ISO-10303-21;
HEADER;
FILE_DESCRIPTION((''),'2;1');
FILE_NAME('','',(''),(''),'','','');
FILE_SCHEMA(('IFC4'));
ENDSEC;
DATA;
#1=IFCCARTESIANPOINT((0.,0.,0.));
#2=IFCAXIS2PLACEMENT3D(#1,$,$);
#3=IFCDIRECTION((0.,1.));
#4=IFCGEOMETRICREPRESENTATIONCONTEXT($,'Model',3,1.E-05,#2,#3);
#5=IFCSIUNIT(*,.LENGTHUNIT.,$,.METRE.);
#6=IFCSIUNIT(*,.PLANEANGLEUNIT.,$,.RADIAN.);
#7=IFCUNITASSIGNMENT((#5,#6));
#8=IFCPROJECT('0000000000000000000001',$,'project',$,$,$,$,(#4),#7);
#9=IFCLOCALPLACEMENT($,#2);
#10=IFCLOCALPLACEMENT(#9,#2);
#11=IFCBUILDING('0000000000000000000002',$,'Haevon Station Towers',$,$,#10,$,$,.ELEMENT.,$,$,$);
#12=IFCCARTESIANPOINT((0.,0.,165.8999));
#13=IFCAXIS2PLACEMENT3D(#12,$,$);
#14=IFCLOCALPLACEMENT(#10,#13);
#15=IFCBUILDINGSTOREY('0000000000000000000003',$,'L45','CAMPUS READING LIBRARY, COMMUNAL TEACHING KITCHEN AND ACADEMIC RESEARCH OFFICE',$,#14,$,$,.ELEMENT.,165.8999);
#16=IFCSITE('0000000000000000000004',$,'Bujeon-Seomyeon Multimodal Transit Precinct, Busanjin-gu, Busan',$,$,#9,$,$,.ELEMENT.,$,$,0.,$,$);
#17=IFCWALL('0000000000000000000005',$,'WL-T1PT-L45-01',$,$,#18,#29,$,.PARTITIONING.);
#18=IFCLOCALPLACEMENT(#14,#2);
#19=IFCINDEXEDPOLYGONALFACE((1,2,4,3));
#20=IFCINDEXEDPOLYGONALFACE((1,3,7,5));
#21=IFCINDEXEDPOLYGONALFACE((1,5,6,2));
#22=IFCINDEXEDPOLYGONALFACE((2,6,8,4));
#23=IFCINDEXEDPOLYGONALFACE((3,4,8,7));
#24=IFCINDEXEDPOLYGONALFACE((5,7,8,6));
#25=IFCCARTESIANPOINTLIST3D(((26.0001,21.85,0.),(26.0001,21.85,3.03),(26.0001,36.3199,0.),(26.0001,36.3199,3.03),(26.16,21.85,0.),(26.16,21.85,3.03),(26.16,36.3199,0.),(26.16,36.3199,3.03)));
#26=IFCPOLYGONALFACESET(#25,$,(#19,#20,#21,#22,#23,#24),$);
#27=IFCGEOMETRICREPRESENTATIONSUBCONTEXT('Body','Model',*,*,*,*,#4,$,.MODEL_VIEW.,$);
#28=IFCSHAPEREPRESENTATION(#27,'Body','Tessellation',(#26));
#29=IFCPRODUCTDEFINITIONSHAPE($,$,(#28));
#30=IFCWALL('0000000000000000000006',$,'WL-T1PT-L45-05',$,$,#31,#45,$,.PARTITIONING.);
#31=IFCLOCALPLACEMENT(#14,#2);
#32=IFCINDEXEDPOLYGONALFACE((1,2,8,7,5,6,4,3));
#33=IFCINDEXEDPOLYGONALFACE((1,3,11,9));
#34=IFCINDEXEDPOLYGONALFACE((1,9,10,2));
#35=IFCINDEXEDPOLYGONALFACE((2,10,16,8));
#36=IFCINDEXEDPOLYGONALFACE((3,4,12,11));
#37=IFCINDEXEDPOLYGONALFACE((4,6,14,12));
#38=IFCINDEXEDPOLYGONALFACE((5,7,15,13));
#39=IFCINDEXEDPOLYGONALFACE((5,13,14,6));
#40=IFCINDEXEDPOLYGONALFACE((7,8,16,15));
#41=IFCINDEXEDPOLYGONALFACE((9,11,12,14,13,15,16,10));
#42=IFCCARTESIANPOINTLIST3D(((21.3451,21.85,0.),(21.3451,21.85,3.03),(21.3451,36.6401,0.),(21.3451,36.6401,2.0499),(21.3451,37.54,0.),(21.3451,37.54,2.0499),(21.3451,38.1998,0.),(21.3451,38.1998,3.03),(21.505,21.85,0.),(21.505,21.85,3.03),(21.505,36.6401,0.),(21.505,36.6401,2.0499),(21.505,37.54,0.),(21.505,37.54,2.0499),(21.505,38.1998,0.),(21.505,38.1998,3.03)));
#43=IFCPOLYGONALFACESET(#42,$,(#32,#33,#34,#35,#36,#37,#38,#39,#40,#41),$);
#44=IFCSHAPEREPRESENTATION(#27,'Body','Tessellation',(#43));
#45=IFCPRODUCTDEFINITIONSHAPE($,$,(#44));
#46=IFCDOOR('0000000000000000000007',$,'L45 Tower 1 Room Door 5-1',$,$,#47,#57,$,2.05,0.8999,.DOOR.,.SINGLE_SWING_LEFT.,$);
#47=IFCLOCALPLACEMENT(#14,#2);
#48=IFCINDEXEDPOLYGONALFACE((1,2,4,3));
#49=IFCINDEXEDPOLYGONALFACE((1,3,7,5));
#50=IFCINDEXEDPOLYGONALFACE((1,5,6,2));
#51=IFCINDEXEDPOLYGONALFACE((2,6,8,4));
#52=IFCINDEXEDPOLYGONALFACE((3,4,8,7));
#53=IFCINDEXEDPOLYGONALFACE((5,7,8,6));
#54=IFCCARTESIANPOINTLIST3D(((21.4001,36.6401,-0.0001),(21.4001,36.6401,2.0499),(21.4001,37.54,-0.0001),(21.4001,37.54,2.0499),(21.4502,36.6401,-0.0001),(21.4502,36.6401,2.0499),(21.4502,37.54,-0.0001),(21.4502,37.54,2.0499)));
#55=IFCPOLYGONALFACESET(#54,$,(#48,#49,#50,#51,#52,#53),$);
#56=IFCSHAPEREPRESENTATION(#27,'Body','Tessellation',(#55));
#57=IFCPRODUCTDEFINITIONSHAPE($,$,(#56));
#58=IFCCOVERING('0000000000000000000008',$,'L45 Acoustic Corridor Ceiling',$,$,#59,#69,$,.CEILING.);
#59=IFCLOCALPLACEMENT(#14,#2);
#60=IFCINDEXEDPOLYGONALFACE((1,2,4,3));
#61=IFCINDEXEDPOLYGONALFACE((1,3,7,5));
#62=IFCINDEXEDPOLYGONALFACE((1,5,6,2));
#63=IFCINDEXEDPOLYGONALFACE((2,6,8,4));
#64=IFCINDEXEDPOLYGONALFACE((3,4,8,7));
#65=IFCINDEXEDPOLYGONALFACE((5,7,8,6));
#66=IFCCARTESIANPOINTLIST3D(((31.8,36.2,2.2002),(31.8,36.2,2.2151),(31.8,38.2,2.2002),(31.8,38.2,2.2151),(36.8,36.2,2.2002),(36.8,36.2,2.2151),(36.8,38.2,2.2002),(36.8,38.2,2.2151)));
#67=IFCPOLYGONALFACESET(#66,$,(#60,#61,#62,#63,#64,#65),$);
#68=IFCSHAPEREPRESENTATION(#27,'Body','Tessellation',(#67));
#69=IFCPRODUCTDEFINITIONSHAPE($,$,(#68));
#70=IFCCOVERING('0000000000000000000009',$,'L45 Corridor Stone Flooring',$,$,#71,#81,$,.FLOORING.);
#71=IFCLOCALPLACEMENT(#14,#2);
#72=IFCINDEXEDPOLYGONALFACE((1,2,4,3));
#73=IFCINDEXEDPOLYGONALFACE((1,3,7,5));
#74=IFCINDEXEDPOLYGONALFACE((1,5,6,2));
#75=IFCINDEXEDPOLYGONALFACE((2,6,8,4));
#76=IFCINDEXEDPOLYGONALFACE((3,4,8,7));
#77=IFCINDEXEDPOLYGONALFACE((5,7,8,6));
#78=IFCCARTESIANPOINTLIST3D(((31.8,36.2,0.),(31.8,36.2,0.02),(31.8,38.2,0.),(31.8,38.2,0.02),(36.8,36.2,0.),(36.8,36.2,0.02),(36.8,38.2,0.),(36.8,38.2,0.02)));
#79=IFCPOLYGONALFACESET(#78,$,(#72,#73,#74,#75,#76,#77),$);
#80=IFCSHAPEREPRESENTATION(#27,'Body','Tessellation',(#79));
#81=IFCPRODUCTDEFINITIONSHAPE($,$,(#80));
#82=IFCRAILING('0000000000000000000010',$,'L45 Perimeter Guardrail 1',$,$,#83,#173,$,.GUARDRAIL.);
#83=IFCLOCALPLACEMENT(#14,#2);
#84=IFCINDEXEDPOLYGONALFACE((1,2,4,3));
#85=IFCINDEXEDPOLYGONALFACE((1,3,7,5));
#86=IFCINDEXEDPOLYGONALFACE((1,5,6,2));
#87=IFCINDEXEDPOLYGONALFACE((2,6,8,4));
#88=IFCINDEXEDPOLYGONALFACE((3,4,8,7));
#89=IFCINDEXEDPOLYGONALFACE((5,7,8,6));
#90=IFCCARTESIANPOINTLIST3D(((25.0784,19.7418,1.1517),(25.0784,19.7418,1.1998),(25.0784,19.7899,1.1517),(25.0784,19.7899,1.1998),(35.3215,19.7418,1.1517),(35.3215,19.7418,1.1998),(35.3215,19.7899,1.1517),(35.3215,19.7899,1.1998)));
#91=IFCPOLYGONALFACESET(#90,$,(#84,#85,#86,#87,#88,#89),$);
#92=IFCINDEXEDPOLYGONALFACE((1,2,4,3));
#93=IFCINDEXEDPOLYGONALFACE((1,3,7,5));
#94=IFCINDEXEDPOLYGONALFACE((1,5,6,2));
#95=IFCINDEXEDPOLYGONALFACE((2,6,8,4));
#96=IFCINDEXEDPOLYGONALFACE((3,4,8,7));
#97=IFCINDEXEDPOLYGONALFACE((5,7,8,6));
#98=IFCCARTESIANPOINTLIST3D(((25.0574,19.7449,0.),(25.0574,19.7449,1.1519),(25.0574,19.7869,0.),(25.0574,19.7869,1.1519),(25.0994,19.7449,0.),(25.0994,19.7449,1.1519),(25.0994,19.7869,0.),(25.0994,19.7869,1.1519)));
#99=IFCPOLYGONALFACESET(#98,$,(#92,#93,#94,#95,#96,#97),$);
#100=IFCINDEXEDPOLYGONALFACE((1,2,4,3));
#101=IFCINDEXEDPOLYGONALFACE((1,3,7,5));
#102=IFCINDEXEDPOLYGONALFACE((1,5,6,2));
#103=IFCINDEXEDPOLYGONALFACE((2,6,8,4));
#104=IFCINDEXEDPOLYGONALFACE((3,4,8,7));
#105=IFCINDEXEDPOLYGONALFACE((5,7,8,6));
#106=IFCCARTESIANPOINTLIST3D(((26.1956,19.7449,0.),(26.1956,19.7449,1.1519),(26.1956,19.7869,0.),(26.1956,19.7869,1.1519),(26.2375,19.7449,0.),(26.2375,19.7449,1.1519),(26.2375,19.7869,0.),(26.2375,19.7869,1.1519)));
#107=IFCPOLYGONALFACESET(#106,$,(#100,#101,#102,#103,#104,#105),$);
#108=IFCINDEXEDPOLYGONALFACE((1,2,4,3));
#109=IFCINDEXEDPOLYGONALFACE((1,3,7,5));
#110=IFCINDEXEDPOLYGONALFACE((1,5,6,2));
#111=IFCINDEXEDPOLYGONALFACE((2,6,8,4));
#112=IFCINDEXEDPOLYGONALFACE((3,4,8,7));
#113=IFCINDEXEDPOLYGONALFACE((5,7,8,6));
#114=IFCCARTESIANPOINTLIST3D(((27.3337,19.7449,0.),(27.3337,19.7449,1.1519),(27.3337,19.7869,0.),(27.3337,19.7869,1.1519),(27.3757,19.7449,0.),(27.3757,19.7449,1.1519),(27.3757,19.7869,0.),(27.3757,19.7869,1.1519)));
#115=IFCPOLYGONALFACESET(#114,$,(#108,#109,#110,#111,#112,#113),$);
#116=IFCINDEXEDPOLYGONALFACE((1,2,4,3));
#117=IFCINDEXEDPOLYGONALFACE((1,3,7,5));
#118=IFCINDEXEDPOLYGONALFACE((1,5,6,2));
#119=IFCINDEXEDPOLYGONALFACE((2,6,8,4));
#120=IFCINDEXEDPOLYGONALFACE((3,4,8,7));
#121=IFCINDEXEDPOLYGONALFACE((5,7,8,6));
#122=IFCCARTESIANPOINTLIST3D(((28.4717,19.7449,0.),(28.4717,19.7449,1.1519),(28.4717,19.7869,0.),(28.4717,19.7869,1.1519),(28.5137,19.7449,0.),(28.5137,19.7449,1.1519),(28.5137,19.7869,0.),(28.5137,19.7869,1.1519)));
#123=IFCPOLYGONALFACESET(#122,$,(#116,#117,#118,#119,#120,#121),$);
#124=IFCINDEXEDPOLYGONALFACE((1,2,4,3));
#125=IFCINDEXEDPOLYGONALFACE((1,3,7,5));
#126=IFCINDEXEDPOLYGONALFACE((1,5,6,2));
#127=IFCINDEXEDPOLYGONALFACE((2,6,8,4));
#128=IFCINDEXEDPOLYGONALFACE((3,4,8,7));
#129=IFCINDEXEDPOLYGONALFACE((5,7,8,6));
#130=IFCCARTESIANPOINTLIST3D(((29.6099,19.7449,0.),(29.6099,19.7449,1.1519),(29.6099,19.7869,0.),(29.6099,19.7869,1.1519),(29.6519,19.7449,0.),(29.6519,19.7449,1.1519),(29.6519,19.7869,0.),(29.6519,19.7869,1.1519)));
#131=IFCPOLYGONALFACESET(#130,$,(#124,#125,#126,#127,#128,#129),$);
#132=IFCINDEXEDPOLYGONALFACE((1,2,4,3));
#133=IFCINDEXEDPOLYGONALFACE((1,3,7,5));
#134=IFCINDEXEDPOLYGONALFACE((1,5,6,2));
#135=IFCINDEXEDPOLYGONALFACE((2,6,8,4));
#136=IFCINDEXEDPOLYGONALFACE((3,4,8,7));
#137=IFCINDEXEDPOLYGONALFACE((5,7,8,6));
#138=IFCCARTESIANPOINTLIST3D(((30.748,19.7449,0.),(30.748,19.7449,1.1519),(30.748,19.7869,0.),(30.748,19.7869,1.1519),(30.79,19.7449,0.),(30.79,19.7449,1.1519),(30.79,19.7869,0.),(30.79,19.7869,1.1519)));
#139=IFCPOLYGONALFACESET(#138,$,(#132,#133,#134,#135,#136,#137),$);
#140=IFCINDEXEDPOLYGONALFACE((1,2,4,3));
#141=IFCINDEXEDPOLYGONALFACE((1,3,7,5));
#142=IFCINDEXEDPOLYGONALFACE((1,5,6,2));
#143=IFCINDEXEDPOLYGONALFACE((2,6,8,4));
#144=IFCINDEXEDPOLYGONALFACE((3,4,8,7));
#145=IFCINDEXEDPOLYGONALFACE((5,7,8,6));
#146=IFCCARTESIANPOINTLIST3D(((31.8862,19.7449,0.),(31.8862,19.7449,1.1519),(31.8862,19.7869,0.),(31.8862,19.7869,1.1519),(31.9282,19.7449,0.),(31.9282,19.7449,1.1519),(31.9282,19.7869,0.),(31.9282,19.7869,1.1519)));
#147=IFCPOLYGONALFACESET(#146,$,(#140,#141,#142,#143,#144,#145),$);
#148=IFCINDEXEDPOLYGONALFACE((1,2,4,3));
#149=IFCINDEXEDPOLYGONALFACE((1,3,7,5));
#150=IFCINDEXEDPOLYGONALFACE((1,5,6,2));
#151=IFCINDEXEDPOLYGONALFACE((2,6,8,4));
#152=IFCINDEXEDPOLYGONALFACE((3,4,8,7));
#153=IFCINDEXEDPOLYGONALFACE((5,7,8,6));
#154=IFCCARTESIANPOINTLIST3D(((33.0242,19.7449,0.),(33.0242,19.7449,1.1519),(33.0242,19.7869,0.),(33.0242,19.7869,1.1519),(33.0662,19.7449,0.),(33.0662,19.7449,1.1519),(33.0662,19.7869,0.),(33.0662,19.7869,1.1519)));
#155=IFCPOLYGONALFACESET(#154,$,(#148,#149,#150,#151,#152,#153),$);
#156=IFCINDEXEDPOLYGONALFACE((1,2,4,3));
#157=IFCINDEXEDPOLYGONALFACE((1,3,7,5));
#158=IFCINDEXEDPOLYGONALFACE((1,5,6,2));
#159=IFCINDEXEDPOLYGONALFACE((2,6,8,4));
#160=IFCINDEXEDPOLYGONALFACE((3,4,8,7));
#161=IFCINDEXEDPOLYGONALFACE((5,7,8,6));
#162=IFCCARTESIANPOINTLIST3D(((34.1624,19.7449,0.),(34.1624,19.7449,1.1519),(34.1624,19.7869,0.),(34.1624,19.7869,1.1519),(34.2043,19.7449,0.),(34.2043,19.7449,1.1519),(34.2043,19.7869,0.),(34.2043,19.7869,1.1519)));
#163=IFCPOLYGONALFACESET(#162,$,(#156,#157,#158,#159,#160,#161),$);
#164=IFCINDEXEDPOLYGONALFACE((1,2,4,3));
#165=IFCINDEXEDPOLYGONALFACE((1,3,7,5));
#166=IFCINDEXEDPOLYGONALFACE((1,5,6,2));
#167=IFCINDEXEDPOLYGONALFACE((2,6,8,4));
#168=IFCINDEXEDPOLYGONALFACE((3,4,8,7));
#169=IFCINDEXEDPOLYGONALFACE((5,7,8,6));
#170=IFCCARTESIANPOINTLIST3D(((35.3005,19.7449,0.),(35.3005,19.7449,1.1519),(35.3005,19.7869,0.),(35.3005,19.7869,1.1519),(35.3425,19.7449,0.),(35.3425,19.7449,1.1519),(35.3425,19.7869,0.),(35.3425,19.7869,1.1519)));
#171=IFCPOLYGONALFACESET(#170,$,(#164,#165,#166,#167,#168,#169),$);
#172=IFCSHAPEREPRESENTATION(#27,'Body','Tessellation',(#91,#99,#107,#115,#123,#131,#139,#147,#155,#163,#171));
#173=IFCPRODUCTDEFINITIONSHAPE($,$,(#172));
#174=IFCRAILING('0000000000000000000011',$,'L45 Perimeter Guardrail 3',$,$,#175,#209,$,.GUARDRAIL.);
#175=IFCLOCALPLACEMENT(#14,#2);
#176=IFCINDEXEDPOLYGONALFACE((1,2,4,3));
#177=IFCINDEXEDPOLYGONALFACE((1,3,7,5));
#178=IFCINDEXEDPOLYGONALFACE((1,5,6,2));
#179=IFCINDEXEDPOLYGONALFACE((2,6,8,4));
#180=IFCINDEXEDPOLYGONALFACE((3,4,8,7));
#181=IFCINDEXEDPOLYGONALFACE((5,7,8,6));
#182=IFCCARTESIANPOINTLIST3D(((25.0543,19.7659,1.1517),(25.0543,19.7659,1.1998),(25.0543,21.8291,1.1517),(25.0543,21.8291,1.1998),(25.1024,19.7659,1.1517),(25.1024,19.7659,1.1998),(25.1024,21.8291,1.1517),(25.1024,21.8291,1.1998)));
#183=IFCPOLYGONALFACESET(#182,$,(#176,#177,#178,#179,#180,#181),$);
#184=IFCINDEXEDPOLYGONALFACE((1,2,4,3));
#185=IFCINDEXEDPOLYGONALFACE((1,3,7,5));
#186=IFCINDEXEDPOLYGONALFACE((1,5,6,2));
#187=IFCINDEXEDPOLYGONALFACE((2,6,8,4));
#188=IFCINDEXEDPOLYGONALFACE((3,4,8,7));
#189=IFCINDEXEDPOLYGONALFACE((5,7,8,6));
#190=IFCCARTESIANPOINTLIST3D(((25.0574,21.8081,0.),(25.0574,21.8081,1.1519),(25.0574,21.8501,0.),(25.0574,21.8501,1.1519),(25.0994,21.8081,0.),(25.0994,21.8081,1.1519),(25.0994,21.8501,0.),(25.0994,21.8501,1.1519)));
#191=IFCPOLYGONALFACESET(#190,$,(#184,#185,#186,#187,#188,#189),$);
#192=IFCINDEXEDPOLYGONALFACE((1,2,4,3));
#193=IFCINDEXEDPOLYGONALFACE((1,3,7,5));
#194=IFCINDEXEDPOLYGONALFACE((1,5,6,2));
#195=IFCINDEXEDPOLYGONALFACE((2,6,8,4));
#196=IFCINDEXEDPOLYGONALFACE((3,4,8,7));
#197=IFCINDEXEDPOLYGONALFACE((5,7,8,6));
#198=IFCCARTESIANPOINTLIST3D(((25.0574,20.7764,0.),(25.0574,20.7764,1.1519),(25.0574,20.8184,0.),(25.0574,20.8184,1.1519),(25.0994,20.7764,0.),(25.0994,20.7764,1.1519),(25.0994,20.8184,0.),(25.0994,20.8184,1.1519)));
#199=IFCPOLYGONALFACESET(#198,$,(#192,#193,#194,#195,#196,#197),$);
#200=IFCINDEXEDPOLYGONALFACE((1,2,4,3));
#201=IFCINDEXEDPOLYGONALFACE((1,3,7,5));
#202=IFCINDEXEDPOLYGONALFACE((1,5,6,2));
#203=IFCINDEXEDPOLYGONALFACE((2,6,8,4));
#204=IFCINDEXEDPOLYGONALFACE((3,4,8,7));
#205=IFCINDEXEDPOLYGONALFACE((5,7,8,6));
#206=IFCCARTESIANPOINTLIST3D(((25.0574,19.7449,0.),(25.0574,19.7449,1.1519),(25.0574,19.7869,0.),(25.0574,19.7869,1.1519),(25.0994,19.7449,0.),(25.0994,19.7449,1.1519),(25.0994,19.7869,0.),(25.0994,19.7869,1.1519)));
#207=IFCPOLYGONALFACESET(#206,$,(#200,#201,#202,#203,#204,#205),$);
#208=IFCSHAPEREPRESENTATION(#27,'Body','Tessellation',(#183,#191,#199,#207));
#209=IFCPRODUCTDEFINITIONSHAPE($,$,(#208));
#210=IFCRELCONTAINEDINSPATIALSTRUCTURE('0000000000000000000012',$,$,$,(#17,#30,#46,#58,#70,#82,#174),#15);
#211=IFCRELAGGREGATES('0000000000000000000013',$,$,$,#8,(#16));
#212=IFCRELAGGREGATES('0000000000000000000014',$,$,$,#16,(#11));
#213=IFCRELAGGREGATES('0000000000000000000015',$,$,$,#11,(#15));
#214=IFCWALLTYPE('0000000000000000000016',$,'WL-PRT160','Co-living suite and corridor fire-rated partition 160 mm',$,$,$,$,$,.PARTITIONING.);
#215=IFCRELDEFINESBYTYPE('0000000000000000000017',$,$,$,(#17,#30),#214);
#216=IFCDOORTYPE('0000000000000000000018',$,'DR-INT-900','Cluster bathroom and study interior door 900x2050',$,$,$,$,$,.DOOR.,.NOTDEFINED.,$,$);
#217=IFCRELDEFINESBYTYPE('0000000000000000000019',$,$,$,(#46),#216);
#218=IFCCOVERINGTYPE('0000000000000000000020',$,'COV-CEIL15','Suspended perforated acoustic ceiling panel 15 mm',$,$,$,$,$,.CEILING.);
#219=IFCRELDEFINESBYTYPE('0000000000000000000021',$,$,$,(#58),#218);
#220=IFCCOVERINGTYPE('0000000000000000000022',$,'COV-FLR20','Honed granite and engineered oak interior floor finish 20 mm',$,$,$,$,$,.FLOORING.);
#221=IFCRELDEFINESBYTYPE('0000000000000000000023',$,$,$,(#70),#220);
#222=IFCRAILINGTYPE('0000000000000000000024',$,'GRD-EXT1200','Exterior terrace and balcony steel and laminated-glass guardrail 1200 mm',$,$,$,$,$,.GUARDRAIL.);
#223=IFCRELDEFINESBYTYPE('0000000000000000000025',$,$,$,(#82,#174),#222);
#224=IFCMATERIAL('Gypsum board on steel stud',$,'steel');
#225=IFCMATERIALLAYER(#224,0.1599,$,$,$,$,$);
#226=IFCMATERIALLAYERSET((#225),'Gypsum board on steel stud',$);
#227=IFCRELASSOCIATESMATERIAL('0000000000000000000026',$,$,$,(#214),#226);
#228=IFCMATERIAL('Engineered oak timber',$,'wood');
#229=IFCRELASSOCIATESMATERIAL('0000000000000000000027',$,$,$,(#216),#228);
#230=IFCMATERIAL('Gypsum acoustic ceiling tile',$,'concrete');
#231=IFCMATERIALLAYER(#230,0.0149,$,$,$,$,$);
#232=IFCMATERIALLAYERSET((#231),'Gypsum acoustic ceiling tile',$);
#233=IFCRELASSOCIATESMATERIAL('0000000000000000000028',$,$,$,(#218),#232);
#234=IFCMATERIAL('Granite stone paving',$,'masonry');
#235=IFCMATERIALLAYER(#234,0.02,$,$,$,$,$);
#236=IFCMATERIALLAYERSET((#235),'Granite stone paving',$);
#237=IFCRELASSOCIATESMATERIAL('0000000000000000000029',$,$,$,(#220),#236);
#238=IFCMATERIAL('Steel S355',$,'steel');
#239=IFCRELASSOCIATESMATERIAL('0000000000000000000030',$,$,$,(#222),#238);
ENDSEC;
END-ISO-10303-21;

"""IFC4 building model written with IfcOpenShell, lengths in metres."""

from ifc_helpers import new_model, si_unit, direction, frame, frame_2d, origin, origin_2d, place, context, subcontext, project, spatial, polyline, rectangle, outline, extrude, material, layer, layer_set, type_object, element, fill, save


model = new_model("IFC4")

# Units and contexts
model_context = context("Model", 3, precision=1e-05, world=origin(), true_north=direction((0.0, 1.0)))
body_context = subcontext(model_context, "Body", "Model", "MODEL_VIEW")
ifc_project = project(units=[si_unit("LENGTHUNIT", "METRE"), si_unit("PLANEANGLEUNIT", "RADIAN")], contexts=[model_context])

# Site, building, storey
site_placement = place(None, origin())
site = spatial("IfcSite", under=ifc_project, at=site_placement, Name="Bujeon-Seomyeon Multimodal Transit Precinct, Busanjin-gu, Busan", CompositionType="ELEMENT", RefElevation=0.0)
building_placement = place(site_placement, origin())
building = spatial("IfcBuilding", under=site, at=building_placement, Name="Haevon Station Towers", CompositionType="ELEMENT")
storey_placement = place(building_placement, frame((0.0, 0.0, 165.8999)))
storey = spatial("IfcBuildingStorey", under=building, at=storey_placement, Name="L45", Description="CAMPUS READING LIBRARY, COMMUNAL TEACHING KITCHEN AND ACADEMIC RESEARCH OFFICE", CompositionType="ELEMENT", Elevation=165.8999)

# Shared definitions
ifc_material_1 = material(Name="Steel S355", Category="steel")

# Wall
ifc_material_2 = material(Name="Gypsum board on steel stud", Category="steel")
ifc_layer_1 = layer(ifc_material_2, 0.1599)
ifc_layer_set_1 = layer_set([ifc_layer_1], Name="Gypsum board on steel stud")
wall_type_1 = type_object("IfcWallType", Name="WL-PRT160", Description="Co-living suite and corridor fire-rated partition 160 mm", PredefinedType="PARTITIONING", material=ifc_layer_set_1)
wall_1_placement = place(storey_placement, frame((26.0801, 21.8501, 0.0), z_axis=(0.0, 0.0, 1.0), x_axis=(0.0, 1.0, 0.0)))
element("IfcWall", 1, at=wall_1_placement, inside=storey, type_object=wall_type_1, Name="WL-T1PT-L45-01", PredefinedType="PARTITIONING", context=body_context, shape_type="SweptSolid", body=[
    extrude(rectangle(XDim=14.47, YDim=0.1599, at=frame_2d((7.2349, 0.0))), origin(), (0.0, 0.0, 1.0), 3.03),
])

# Wall, opening, door
wall_2_placement = place(storey_placement, frame((21.425, 21.8501, 0.0), z_axis=(0.0, 0.0, 1.0), x_axis=(0.0, 1.0, 0.0)))
wall_2 = element("IfcWall", 2, at=wall_2_placement, inside=storey, type_object=wall_type_1, Name="WL-T1PT-L45-05", PredefinedType="PARTITIONING", context=body_context, shape_type="SweptSolid", body=[
    extrude(rectangle(XDim=16.3499, YDim=0.1599, at=frame_2d((8.1748, 0.0))), origin(), (0.0, 0.0, 1.0), 3.03),
])
opening_placement = place(wall_2_placement, frame((14.79, 0.0, 0.0)))
opening = element("IfcOpeningElement", 3, at=opening_placement, cuts=wall_2, PredefinedType="OPENING", context=body_context, shape_type="SweptSolid", body=[
    extrude(rectangle(XDim=0.8999, YDim=2.05, at=frame_2d((0.45, 1.0249))), frame((0.0, 0.0898, 0.0), z_axis=(0.0, -1.0, 0.0), x_axis=(1.0, 0.0, 0.0)), (0.0, 0.0, 1.0), 0.1799),
])
ifc_material_3 = material(Name="Engineered oak timber", Category="wood")
door_type = type_object("IfcDoorType", Name="DR-INT-900", Description="Cluster bathroom and study interior door 900x2050", OperationType="NOTDEFINED", PredefinedType="DOOR", material=ifc_material_3)
door_placement = place(opening_placement, origin())
door = element("IfcDoor", 4, at=door_placement, inside=storey, type_object=door_type, Name="L45 Tower 1 Room Door 5-1", OperationType="SINGLE_SWING_LEFT", OverallHeight=2.05, OverallWidth=0.8999, PredefinedType="DOOR", context=body_context, shape_type="SweptSolid", body=[
    extrude(rectangle(XDim=0.8999, YDim=2.05, at=frame_2d((0.45, 1.0249))), frame((0.0, 0.0249, 0.0), z_axis=(0.0, -1.0, 0.0), x_axis=(1.0, 0.0, 0.0)), (0.0, 0.0, 1.0), 0.05),
])
fill(opening, door)

# Coverings
ifc_material_4 = material(Name="Gypsum acoustic ceiling tile", Category="concrete")
ifc_layer_2 = layer(ifc_material_4, 0.0149)
ifc_layer_set_2 = layer_set([ifc_layer_2], Name="Gypsum acoustic ceiling tile")
covering_type_1 = type_object("IfcCoveringType", Name="COV-CEIL15", Description="Suspended perforated acoustic ceiling panel 15 mm", PredefinedType="CEILING", material=ifc_layer_set_2)
covering_1_placement = place(storey_placement, frame((0.0, 0.0, 2.2002)))
element("IfcCovering", 5, at=covering_1_placement, inside=storey, type_object=covering_type_1, Name="L45 Acoustic Corridor Ceiling", PredefinedType="CEILING", context=body_context, shape_type="SweptSolid", body=[
    extrude(outline(polyline([(31.8, 36.2), (36.8, 36.2), (36.8, 38.2), (31.8, 38.2), (31.8, 36.2)])), origin(), (0.0, 0.0, 1.0), 0.0149),
])
ifc_material_5 = material(Name="Granite stone paving", Category="masonry")
ifc_layer_3 = layer(ifc_material_5, 0.02)
ifc_layer_set_3 = layer_set([ifc_layer_3], Name="Granite stone paving")
covering_type_2 = type_object("IfcCoveringType", Name="COV-FLR20", Description="Honed granite and engineered oak interior floor finish 20 mm", PredefinedType="FLOORING", material=ifc_layer_set_3)
covering_2_placement = place(storey_placement, origin())
element("IfcCovering", 6, at=covering_2_placement, inside=storey, type_object=covering_type_2, Name="L45 Corridor Stone Flooring", PredefinedType="FLOORING", context=body_context, shape_type="SweptSolid", body=[
    extrude(outline(polyline([(31.8, 36.2), (36.8, 36.2), (36.8, 38.2), (31.8, 38.2), (31.8, 36.2)])), origin(), (0.0, 0.0, 1.0), 0.02),
])

# Railings
railing_type = type_object("IfcRailingType", Name="GRD-EXT1200", Description="Exterior terrace and balcony steel and laminated-glass guardrail 1200 mm", PredefinedType="GUARDRAIL", material=ifc_material_1)
railing_1_placement = place(storey_placement, frame((25.0784, 19.7659, 0.0)))
element("IfcRailing", 7, at=railing_1_placement, inside=storey, type_object=railing_type, Name="L45 Perimeter Guardrail 1", PredefinedType="GUARDRAIL", context=body_context, shape_type="SweptSolid", body=[
    extrude(rectangle(XDim=0.0481, YDim=0.0481, at=origin_2d()), frame((0.0, 0.0, 1.1758), z_axis=(1.0, 0.0, 0.0), x_axis=(0.0, 1.0, 0.0)), (0.0, 0.0, 1.0), 10.2432),
    extrude(rectangle(XDim=0.042, YDim=0.042, at=origin_2d()), origin(), (0.0, 0.0, 1.0), 1.1519),
    extrude(rectangle(XDim=0.042, YDim=0.042, at=origin_2d()), frame((1.1382, 0.0, 0.0)), (0.0, 0.0, 1.0), 1.1519),
    extrude(rectangle(XDim=0.042, YDim=0.042, at=origin_2d()), frame((2.2764, 0.0, 0.0)), (0.0, 0.0, 1.0), 1.1519),
    extrude(rectangle(XDim=0.042, YDim=0.042, at=origin_2d()), frame((3.4143, 0.0, 0.0)), (0.0, 0.0, 1.0), 1.1519),
    extrude(rectangle(XDim=0.042, YDim=0.042, at=origin_2d()), frame((4.5525, 0.0, 0.0)), (0.0, 0.0, 1.0), 1.1519),
    extrude(rectangle(XDim=0.042, YDim=0.042, at=origin_2d()), frame((5.6907, 0.0, 0.0)), (0.0, 0.0, 1.0), 1.1519),
    extrude(rectangle(XDim=0.042, YDim=0.042, at=origin_2d()), frame((6.8289, 0.0, 0.0)), (0.0, 0.0, 1.0), 1.1519),
    extrude(rectangle(XDim=0.042, YDim=0.042, at=origin_2d()), frame((7.9668, 0.0, 0.0)), (0.0, 0.0, 1.0), 1.1519),
    extrude(rectangle(XDim=0.042, YDim=0.042, at=origin_2d()), frame((9.105, 0.0, 0.0)), (0.0, 0.0, 1.0), 1.1519),
    extrude(rectangle(XDim=0.042, YDim=0.042, at=origin_2d()), frame((10.2432, 0.0, 0.0)), (0.0, 0.0, 1.0), 1.1519),
])
railing_2_placement = place(storey_placement, frame((25.0784, 21.8291, 0.0)))
element("IfcRailing", 8, at=railing_2_placement, inside=storey, type_object=railing_type, Name="L45 Perimeter Guardrail 3", PredefinedType="GUARDRAIL", context=body_context, shape_type="SweptSolid", body=[
    extrude(rectangle(XDim=0.0481, YDim=0.0481, at=origin_2d()), frame((0.0, 0.0, 1.1758), z_axis=(0.0, -1.0, 0.0), x_axis=(1.0, 0.0, 0.0)), (0.0, 0.0, 1.0), 2.0632),
    extrude(rectangle(XDim=0.042, YDim=0.042, at=origin_2d()), origin(), (0.0, 0.0, 1.0), 1.1519),
    extrude(rectangle(XDim=0.042, YDim=0.042, at=origin_2d()), frame((0.0, -1.0317, 0.0)), (0.0, 0.0, 1.0), 1.1519),
    extrude(rectangle(XDim=0.042, YDim=0.042, at=origin_2d()), frame((0.0, -2.0632, 0.0)), (0.0, 0.0, 1.0), 1.1519),
])

save(model, "model.ifc")
